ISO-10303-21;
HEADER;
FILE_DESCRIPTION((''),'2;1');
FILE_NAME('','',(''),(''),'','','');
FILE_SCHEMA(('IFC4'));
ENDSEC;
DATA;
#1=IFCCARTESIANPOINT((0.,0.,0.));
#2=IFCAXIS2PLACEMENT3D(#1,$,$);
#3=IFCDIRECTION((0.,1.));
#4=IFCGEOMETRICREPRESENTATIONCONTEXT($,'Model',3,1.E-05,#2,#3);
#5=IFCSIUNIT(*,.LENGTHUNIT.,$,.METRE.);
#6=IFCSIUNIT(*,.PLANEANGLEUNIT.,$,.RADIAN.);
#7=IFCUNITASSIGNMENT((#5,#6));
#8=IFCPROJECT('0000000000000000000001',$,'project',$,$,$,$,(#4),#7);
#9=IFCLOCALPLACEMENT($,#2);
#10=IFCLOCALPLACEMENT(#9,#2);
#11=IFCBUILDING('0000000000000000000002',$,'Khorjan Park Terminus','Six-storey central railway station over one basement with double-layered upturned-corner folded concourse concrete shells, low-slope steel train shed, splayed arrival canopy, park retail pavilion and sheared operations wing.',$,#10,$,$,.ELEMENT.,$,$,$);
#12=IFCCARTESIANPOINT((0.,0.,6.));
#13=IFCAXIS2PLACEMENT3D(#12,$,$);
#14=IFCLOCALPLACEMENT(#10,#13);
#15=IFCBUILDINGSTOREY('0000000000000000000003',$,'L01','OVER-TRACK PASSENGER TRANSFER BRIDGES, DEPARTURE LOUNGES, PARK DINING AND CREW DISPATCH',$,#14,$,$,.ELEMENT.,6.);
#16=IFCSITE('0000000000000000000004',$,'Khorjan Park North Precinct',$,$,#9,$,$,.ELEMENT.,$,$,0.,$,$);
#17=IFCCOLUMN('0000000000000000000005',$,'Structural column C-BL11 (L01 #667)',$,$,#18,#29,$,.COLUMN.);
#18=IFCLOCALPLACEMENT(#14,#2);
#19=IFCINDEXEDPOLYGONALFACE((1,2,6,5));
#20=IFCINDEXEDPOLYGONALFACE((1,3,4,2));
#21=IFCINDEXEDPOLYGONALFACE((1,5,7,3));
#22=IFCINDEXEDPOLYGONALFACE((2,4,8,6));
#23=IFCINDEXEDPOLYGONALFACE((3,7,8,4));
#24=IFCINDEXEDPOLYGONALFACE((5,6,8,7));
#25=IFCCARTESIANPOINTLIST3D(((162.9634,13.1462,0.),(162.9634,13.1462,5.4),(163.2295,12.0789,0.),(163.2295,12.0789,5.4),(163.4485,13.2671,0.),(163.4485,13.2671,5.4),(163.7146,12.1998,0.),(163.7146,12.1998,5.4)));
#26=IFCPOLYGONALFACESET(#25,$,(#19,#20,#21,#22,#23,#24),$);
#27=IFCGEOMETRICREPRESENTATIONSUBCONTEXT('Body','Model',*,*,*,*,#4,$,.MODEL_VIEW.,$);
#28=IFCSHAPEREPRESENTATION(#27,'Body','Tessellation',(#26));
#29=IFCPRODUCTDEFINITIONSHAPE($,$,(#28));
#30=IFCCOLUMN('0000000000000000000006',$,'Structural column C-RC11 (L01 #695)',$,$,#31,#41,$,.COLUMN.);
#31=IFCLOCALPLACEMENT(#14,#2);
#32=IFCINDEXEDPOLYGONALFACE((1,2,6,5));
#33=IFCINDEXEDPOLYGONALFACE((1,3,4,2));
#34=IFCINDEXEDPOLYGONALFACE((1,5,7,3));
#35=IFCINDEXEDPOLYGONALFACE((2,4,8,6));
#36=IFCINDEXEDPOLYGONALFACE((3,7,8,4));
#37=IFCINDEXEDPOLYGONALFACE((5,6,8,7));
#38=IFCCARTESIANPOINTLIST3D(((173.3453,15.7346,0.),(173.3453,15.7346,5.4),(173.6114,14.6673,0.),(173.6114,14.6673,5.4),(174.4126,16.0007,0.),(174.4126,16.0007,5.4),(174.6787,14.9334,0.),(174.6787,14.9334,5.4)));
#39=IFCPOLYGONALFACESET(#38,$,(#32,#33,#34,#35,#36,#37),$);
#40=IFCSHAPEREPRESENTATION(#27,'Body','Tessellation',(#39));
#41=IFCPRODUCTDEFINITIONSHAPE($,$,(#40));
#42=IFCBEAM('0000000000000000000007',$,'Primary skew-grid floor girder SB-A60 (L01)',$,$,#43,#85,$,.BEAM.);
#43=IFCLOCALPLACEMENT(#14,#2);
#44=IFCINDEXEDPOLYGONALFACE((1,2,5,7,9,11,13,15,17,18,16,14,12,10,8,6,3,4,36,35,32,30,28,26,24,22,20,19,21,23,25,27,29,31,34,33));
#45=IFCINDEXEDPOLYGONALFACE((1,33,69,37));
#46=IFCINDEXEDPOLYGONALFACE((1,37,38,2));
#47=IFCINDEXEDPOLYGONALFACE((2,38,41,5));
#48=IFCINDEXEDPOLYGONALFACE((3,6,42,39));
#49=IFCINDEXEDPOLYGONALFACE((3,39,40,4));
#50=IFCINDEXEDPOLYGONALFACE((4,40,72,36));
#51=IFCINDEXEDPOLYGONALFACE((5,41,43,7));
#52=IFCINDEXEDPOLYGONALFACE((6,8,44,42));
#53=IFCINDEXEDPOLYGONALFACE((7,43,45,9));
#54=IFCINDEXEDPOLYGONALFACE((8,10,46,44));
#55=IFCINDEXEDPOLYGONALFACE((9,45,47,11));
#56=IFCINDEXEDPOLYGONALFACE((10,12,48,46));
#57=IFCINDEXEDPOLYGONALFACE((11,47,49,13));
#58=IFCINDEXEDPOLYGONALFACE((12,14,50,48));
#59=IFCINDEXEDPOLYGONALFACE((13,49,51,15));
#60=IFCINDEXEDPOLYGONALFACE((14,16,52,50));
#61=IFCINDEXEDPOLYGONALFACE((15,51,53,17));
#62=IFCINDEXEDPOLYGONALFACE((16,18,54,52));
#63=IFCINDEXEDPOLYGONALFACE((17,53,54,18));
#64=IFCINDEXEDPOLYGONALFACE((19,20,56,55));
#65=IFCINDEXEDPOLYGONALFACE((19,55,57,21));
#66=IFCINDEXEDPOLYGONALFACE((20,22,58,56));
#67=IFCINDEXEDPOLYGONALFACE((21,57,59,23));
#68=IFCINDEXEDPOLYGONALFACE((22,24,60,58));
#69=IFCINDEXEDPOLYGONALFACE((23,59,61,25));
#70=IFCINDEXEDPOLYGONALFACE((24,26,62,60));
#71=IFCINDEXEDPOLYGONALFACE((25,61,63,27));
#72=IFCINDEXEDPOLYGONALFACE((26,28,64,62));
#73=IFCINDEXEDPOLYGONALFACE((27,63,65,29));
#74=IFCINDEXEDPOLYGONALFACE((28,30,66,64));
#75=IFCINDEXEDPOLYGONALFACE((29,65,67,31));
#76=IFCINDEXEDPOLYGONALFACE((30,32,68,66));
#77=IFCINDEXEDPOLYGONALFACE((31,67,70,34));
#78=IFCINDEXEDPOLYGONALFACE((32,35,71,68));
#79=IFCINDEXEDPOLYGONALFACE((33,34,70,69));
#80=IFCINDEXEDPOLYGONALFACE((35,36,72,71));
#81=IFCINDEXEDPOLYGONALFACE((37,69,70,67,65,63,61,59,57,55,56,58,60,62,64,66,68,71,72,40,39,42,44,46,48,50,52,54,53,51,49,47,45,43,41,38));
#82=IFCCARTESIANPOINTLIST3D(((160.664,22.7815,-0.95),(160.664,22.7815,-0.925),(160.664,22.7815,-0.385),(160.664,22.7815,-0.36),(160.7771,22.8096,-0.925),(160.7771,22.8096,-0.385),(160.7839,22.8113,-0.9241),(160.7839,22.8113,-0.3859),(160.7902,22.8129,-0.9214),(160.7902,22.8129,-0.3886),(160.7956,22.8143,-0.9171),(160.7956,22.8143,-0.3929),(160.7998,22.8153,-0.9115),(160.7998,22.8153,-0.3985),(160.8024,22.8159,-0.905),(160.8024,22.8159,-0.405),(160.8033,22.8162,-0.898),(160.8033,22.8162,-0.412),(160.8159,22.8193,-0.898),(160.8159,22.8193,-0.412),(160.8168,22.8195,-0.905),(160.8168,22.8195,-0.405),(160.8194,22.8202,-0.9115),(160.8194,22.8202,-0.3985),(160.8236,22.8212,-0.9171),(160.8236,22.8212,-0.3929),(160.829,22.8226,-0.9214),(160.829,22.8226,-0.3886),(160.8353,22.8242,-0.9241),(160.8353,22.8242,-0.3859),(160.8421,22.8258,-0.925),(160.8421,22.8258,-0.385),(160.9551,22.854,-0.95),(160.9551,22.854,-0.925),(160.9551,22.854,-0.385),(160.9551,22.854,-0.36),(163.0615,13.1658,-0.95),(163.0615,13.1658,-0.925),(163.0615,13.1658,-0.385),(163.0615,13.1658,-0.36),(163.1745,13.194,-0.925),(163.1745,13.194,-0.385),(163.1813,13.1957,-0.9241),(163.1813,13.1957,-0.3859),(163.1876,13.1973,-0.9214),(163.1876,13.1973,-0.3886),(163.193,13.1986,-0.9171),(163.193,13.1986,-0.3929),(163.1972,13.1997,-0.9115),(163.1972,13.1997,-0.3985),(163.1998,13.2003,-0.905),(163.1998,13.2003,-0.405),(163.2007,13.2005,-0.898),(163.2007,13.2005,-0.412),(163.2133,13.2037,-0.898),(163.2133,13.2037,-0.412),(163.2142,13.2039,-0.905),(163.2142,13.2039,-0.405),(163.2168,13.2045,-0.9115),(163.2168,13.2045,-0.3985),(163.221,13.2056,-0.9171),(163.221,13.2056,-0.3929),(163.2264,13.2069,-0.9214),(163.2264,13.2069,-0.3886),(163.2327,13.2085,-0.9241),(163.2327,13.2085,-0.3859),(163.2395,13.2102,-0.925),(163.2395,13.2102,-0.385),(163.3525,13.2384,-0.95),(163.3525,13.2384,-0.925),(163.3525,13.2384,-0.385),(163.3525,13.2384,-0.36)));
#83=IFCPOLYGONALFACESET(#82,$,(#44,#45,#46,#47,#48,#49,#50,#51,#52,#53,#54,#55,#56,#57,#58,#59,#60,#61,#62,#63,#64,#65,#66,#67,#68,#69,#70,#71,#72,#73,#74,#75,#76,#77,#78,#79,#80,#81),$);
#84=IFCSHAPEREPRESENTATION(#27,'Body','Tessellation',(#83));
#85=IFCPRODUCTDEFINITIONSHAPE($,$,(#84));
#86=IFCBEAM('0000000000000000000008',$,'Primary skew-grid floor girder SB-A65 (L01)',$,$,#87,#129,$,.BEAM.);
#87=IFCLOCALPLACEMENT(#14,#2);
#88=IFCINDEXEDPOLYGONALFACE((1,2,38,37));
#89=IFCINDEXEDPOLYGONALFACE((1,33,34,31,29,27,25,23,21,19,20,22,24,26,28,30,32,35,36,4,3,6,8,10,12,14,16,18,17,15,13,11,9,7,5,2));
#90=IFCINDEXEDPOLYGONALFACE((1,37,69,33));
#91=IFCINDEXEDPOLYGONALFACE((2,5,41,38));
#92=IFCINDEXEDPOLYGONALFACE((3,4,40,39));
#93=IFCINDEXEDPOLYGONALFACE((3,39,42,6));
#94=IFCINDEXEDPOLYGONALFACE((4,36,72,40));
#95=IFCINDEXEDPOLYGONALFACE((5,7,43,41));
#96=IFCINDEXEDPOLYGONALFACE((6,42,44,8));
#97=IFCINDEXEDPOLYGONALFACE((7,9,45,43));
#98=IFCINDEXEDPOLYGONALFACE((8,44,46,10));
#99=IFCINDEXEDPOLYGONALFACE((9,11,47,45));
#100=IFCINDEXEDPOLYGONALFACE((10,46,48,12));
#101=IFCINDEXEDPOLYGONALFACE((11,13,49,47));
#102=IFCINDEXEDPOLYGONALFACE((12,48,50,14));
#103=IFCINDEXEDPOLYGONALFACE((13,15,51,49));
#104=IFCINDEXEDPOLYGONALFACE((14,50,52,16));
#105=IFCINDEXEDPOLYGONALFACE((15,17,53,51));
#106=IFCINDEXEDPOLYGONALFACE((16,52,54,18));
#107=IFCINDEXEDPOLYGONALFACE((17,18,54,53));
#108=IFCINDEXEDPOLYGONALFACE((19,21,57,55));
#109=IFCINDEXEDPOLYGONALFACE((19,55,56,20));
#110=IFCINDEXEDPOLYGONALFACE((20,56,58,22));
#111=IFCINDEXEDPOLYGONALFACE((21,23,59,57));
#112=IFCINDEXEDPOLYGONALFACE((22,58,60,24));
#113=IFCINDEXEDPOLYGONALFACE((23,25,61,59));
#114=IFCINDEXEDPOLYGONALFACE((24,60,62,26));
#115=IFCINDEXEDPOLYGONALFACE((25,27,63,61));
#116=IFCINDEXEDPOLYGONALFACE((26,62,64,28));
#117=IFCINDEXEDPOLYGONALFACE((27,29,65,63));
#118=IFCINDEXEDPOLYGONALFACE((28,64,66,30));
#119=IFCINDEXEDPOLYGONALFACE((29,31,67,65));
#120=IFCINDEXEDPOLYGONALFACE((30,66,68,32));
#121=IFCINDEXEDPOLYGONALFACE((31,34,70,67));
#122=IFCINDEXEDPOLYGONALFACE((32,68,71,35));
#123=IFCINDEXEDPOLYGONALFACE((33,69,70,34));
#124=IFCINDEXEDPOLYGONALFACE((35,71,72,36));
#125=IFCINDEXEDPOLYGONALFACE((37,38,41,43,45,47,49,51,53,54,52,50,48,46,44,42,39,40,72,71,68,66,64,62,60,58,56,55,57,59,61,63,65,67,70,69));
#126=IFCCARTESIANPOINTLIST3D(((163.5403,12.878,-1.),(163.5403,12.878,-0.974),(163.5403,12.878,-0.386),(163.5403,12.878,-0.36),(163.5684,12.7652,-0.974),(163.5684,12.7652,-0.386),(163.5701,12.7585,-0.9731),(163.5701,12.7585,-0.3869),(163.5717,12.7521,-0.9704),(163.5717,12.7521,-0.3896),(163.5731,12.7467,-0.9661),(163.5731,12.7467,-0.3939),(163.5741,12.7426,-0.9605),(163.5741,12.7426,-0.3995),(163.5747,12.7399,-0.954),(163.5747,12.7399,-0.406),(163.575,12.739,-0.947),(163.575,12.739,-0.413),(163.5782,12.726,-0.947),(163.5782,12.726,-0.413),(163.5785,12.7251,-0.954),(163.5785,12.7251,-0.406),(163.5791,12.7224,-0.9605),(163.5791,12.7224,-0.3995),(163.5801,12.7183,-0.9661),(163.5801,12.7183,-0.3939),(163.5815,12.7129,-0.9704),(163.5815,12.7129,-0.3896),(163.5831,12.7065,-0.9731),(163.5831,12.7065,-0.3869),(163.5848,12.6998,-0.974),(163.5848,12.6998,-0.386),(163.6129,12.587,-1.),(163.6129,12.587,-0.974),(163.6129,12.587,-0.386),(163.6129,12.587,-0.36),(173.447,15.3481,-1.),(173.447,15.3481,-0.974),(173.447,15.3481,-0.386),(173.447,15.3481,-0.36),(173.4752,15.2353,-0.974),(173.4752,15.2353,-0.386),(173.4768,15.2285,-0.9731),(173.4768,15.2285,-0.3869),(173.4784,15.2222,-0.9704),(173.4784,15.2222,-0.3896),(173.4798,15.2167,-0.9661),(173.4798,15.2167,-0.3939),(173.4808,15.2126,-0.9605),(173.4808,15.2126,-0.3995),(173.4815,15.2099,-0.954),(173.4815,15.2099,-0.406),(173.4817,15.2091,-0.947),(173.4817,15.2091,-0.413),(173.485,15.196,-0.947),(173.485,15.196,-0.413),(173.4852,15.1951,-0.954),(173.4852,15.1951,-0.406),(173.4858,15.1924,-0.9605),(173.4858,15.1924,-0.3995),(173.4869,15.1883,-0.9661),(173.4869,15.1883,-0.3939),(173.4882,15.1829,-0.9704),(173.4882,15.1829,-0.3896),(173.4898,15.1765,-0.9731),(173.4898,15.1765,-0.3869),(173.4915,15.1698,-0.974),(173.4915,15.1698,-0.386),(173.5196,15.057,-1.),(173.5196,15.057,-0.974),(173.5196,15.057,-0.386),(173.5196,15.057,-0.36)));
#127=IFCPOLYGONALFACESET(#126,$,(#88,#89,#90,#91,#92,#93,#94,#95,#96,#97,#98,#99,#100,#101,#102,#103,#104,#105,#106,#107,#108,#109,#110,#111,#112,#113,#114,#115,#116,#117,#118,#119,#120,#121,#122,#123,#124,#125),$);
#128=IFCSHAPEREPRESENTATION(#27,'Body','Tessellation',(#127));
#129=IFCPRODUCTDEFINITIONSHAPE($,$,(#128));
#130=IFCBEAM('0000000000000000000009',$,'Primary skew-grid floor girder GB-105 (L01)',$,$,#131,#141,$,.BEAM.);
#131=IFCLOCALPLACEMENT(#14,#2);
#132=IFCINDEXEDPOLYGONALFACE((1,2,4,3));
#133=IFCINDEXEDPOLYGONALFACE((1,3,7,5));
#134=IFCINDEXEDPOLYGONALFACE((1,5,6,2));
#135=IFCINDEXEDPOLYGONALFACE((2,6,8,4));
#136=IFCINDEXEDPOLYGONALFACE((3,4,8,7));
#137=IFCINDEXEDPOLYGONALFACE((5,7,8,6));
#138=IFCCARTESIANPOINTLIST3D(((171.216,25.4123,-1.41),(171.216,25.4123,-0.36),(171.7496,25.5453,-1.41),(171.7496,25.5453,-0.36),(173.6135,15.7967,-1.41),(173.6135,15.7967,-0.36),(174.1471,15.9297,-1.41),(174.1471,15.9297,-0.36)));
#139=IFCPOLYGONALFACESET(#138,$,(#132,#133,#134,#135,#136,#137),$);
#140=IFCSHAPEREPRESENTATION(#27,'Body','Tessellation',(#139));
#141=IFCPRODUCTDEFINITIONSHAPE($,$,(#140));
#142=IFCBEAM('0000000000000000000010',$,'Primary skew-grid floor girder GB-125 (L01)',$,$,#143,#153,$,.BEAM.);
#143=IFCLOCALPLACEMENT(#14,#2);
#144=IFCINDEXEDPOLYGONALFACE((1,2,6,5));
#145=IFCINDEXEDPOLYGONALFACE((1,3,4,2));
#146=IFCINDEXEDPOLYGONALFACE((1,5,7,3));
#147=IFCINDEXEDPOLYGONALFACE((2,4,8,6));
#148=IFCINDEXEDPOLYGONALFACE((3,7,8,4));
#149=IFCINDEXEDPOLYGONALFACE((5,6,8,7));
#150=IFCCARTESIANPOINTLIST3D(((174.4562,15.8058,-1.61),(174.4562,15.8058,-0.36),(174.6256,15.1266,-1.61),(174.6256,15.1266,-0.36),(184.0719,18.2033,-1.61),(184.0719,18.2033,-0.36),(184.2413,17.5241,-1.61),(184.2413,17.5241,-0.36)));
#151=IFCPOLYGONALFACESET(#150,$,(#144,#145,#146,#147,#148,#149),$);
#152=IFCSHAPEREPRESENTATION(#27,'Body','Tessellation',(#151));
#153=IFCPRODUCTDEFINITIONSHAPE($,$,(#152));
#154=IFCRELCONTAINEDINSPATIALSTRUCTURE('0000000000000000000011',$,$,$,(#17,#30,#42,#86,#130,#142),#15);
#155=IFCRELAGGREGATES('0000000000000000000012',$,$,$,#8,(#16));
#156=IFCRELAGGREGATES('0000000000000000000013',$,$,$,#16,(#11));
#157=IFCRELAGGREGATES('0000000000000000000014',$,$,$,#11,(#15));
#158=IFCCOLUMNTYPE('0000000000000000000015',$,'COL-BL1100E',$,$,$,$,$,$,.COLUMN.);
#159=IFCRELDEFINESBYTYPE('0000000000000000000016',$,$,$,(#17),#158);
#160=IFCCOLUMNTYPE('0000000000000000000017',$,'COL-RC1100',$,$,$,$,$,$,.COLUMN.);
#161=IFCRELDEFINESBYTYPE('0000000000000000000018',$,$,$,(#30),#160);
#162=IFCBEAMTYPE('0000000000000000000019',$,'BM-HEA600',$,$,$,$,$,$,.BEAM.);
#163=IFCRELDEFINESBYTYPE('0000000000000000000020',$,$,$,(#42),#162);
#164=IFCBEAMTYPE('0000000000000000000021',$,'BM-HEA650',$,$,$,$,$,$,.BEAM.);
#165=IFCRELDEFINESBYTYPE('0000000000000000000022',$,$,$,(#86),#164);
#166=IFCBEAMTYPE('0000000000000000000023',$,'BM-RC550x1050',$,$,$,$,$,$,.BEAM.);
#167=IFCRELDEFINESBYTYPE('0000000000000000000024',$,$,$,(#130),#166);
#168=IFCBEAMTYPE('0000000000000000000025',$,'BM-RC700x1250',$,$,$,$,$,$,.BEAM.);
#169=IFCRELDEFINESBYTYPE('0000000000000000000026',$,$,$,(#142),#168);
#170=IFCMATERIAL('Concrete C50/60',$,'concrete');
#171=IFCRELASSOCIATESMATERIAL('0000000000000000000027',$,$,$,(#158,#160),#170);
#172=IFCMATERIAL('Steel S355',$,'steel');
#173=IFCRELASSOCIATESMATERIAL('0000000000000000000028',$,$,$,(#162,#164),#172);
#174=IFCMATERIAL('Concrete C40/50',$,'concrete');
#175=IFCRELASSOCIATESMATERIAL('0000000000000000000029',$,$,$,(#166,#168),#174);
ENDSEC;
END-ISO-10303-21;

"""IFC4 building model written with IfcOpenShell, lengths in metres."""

from ifc_helpers import new_model, si_unit, direction, frame, origin, origin_2d, place, context, subcontext, project, spatial, rectangle, i_section, extrude, material, material_profile, profile_set, type_object, element, save


model = new_model("IFC4")

# Units and contexts
model_context = context("Model", 3, precision=1e-05, world=origin(), true_north=direction((0.0, 1.0)))
body_context = subcontext(model_context, "Body", "Model", "MODEL_VIEW")
ifc_project = project(units=[si_unit("LENGTHUNIT", "METRE"), si_unit("PLANEANGLEUNIT", "RADIAN")], contexts=[model_context])

# Site, building, storey
site_placement = place(None, origin())
site = spatial("IfcSite", under=ifc_project, at=site_placement, Name="Khorjan Park North Precinct", CompositionType="ELEMENT", RefElevation=0.0)
building_placement = place(site_placement, origin())
building = spatial("IfcBuilding", under=site, at=building_placement, Name="Khorjan Park Terminus", Description="Six-storey central railway station over one basement with double-layered upturned-corner folded concourse concrete shells, low-slope steel train shed, splayed arrival canopy, park retail pavilion and sheared operations wing.", CompositionType="ELEMENT")
storey_placement = place(building_placement, frame((0.0, 0.0, 6.0)))
storey = spatial("IfcBuildingStorey", under=building, at=storey_placement, Name="L01", Description="OVER-TRACK PASSENGER TRANSFER BRIDGES, DEPARTURE LOUNGES, PARK DINING AND CREW DISPATCH", CompositionType="ELEMENT", Elevation=6.0)

# Columns
ifc_material_1 = material(Name="Concrete C50/60", Category="concrete")
ifc_material_profile_1 = material_profile(ifc_material_1, rectangle(XDim=0.5, YDim=1.1, at=origin_2d()), Name="RC 500x1100")
ifc_profile_set_1 = profile_set([ifc_material_profile_1], Name="Concrete C50/60")
column_type_1 = type_object("IfcColumnType", Name="COL-BL1100E", PredefinedType="COLUMN", material=ifc_profile_set_1)
column_1_placement = place(storey_placement, frame((163.339, 12.673, 0.0), z_axis=(0.0, 0.0, 1.0), x_axis=(0.970296, 0.241922, 0.0)))
element("IfcColumn", 1, at=column_1_placement, inside=storey, type_object=column_type_1, Name="Structural column C-BL11 (L01 #667)", PredefinedType="COLUMN", context=body_context, shape_type="SweptSolid", body=[
    extrude(rectangle(XDim=0.5, YDim=1.1, at=origin_2d()), origin(), (0.0, 0.0, 1.0), 5.4),
])
ifc_material_profile_2 = material_profile(ifc_material_1, rectangle(XDim=1.1, YDim=1.1, at=origin_2d()), Name="RC 1100x1100")
ifc_profile_set_2 = profile_set([ifc_material_profile_2], Name="Concrete C50/60")
column_type_2 = type_object("IfcColumnType", Name="COL-RC1100", PredefinedType="COLUMN", material=ifc_profile_set_2)
column_2_placement = place(storey_placement, frame((174.012, 15.334, 0.0), z_axis=(0.0, 0.0, 1.0), x_axis=(0.970296, 0.241922, 0.0)))
element("IfcColumn", 2, at=column_2_placement, inside=storey, type_object=column_type_2, Name="Structural column C-RC11 (L01 #695)", PredefinedType="COLUMN", context=body_context, shape_type="SweptSolid", body=[
    extrude(rectangle(XDim=1.1, YDim=1.1, at=origin_2d()), origin(), (0.0, 0.0, 1.0), 5.4),
])

# Beams
ifc_material_2 = material(Name="Steel S355", Category="steel")
ifc_material_profile_3 = material_profile(ifc_material_2, i_section(OverallWidth=0.3, OverallDepth=0.59, WebThickness=0.013, FlangeThickness=0.025, FilletRadius=0.027, at=origin_2d()), Name="HEA 600")
ifc_profile_set_3 = profile_set([ifc_material_profile_3], Name="Steel S355")
beam_type_1 = type_object("IfcBeamType", Name="BM-HEA600", PredefinedType="BEAM", material=ifc_profile_set_3)
beam_1_placement = place(storey_placement, frame((163.207, 13.2021, -0.655), z_axis=(-0.241918, 0.970297, 0.0), x_axis=(-0.970297, -0.241918, 0.0)))
element("IfcBeam", 3, at=beam_1_placement, inside=storey, type_object=beam_type_1, Name="Primary skew-grid floor girder SB-A60 (L01)", PredefinedType="BEAM", context=body_context, shape_type="SweptSolid", body=[
    extrude(i_section(OverallWidth=0.3, OverallDepth=0.59, WebThickness=0.013, FlangeThickness=0.025, FilletRadius=0.027, at=origin_2d()), origin(), (0.0, 0.0, 1.0), 9.91),
])
ifc_material_profile_4 = material_profile(ifc_material_2, i_section(OverallWidth=0.3, OverallDepth=0.64, WebThickness=0.0135, FlangeThickness=0.026, FilletRadius=0.027, at=origin_2d()), Name="HEA 650")
ifc_profile_set_4 = profile_set([ifc_material_profile_4], Name="Steel S355")
beam_type_2 = type_object("IfcBeamType", Name="BM-HEA650", PredefinedType="BEAM", material=ifc_profile_set_4)
beam_2_placement = place(storey_placement, frame((163.5766, 12.7325, -0.68), z_axis=(0.970296, 0.24192, 0.0), x_axis=(-0.24192, 0.970296, 0.0)))
element("IfcBeam", 4, at=beam_2_placement, inside=storey, type_object=beam_type_2, Name="Primary skew-grid floor girder SB-A65 (L01)", PredefinedType="BEAM", context=body_context, shape_type="SweptSolid", body=[
    extrude(i_section(OverallWidth=0.3, OverallDepth=0.64, WebThickness=0.0135, FlangeThickness=0.026, FilletRadius=0.027, at=origin_2d()), origin(), (0.0, 0.0, 1.0), 10.21),
])
ifc_material_3 = material(Name="Concrete C40/50", Category="concrete")
ifc_material_profile_5 = material_profile(ifc_material_3, rectangle(XDim=0.55, YDim=1.05, at=origin_2d()), Name="RC 550x1050")
ifc_profile_set_5 = profile_set([ifc_material_profile_5], Name="Concrete C40/50")
beam_type_3 = type_object("IfcBeamType", Name="BM-RC550x1050", PredefinedType="BEAM", material=ifc_profile_set_5)
beam_3_placement = place(storey_placement, frame((173.8803, 15.8632, -0.885), z_axis=(-0.241928, 0.970294, 0.0), x_axis=(-0.970294, -0.241928, 0.0)))
element("IfcBeam", 5, at=beam_3_placement, inside=storey, type_object=beam_type_3, Name="Primary skew-grid floor girder GB-105 (L01)", PredefinedType="BEAM", context=body_context, shape_type="SweptSolid", body=[
    extrude(rectangle(XDim=0.55, YDim=1.05, at=origin_2d()), origin(), (0.0, 0.0, 1.0), 9.91),
])
ifc_material_profile_6 = material_profile(ifc_material_3, rectangle(XDim=0.7, YDim=1.25, at=origin_2d()), Name="RC 700x1250")
ifc_profile_set_6 = profile_set([ifc_material_profile_6], Name="Concrete C40/50")
beam_type_4 = type_object("IfcBeamType", Name="BM-RC700x1250", PredefinedType="BEAM", material=ifc_profile_set_6)
beam_4_placement = place(storey_placement, frame((174.5409, 15.4662, -0.985), z_axis=(0.970295, 0.241925, 0.0), x_axis=(-0.241925, 0.970295, 0.0)))
element("IfcBeam", 6, at=beam_4_placement, inside=storey, type_object=beam_type_4, Name="Primary skew-grid floor girder GB-125 (L01)", PredefinedType="BEAM", context=body_context, shape_type="SweptSolid", body=[
    extrude(rectangle(XDim=0.7, YDim=1.25, at=origin_2d()), origin(), (0.0, 0.0, 1.0), 9.9101),
])

save(model, "model.ifc")
